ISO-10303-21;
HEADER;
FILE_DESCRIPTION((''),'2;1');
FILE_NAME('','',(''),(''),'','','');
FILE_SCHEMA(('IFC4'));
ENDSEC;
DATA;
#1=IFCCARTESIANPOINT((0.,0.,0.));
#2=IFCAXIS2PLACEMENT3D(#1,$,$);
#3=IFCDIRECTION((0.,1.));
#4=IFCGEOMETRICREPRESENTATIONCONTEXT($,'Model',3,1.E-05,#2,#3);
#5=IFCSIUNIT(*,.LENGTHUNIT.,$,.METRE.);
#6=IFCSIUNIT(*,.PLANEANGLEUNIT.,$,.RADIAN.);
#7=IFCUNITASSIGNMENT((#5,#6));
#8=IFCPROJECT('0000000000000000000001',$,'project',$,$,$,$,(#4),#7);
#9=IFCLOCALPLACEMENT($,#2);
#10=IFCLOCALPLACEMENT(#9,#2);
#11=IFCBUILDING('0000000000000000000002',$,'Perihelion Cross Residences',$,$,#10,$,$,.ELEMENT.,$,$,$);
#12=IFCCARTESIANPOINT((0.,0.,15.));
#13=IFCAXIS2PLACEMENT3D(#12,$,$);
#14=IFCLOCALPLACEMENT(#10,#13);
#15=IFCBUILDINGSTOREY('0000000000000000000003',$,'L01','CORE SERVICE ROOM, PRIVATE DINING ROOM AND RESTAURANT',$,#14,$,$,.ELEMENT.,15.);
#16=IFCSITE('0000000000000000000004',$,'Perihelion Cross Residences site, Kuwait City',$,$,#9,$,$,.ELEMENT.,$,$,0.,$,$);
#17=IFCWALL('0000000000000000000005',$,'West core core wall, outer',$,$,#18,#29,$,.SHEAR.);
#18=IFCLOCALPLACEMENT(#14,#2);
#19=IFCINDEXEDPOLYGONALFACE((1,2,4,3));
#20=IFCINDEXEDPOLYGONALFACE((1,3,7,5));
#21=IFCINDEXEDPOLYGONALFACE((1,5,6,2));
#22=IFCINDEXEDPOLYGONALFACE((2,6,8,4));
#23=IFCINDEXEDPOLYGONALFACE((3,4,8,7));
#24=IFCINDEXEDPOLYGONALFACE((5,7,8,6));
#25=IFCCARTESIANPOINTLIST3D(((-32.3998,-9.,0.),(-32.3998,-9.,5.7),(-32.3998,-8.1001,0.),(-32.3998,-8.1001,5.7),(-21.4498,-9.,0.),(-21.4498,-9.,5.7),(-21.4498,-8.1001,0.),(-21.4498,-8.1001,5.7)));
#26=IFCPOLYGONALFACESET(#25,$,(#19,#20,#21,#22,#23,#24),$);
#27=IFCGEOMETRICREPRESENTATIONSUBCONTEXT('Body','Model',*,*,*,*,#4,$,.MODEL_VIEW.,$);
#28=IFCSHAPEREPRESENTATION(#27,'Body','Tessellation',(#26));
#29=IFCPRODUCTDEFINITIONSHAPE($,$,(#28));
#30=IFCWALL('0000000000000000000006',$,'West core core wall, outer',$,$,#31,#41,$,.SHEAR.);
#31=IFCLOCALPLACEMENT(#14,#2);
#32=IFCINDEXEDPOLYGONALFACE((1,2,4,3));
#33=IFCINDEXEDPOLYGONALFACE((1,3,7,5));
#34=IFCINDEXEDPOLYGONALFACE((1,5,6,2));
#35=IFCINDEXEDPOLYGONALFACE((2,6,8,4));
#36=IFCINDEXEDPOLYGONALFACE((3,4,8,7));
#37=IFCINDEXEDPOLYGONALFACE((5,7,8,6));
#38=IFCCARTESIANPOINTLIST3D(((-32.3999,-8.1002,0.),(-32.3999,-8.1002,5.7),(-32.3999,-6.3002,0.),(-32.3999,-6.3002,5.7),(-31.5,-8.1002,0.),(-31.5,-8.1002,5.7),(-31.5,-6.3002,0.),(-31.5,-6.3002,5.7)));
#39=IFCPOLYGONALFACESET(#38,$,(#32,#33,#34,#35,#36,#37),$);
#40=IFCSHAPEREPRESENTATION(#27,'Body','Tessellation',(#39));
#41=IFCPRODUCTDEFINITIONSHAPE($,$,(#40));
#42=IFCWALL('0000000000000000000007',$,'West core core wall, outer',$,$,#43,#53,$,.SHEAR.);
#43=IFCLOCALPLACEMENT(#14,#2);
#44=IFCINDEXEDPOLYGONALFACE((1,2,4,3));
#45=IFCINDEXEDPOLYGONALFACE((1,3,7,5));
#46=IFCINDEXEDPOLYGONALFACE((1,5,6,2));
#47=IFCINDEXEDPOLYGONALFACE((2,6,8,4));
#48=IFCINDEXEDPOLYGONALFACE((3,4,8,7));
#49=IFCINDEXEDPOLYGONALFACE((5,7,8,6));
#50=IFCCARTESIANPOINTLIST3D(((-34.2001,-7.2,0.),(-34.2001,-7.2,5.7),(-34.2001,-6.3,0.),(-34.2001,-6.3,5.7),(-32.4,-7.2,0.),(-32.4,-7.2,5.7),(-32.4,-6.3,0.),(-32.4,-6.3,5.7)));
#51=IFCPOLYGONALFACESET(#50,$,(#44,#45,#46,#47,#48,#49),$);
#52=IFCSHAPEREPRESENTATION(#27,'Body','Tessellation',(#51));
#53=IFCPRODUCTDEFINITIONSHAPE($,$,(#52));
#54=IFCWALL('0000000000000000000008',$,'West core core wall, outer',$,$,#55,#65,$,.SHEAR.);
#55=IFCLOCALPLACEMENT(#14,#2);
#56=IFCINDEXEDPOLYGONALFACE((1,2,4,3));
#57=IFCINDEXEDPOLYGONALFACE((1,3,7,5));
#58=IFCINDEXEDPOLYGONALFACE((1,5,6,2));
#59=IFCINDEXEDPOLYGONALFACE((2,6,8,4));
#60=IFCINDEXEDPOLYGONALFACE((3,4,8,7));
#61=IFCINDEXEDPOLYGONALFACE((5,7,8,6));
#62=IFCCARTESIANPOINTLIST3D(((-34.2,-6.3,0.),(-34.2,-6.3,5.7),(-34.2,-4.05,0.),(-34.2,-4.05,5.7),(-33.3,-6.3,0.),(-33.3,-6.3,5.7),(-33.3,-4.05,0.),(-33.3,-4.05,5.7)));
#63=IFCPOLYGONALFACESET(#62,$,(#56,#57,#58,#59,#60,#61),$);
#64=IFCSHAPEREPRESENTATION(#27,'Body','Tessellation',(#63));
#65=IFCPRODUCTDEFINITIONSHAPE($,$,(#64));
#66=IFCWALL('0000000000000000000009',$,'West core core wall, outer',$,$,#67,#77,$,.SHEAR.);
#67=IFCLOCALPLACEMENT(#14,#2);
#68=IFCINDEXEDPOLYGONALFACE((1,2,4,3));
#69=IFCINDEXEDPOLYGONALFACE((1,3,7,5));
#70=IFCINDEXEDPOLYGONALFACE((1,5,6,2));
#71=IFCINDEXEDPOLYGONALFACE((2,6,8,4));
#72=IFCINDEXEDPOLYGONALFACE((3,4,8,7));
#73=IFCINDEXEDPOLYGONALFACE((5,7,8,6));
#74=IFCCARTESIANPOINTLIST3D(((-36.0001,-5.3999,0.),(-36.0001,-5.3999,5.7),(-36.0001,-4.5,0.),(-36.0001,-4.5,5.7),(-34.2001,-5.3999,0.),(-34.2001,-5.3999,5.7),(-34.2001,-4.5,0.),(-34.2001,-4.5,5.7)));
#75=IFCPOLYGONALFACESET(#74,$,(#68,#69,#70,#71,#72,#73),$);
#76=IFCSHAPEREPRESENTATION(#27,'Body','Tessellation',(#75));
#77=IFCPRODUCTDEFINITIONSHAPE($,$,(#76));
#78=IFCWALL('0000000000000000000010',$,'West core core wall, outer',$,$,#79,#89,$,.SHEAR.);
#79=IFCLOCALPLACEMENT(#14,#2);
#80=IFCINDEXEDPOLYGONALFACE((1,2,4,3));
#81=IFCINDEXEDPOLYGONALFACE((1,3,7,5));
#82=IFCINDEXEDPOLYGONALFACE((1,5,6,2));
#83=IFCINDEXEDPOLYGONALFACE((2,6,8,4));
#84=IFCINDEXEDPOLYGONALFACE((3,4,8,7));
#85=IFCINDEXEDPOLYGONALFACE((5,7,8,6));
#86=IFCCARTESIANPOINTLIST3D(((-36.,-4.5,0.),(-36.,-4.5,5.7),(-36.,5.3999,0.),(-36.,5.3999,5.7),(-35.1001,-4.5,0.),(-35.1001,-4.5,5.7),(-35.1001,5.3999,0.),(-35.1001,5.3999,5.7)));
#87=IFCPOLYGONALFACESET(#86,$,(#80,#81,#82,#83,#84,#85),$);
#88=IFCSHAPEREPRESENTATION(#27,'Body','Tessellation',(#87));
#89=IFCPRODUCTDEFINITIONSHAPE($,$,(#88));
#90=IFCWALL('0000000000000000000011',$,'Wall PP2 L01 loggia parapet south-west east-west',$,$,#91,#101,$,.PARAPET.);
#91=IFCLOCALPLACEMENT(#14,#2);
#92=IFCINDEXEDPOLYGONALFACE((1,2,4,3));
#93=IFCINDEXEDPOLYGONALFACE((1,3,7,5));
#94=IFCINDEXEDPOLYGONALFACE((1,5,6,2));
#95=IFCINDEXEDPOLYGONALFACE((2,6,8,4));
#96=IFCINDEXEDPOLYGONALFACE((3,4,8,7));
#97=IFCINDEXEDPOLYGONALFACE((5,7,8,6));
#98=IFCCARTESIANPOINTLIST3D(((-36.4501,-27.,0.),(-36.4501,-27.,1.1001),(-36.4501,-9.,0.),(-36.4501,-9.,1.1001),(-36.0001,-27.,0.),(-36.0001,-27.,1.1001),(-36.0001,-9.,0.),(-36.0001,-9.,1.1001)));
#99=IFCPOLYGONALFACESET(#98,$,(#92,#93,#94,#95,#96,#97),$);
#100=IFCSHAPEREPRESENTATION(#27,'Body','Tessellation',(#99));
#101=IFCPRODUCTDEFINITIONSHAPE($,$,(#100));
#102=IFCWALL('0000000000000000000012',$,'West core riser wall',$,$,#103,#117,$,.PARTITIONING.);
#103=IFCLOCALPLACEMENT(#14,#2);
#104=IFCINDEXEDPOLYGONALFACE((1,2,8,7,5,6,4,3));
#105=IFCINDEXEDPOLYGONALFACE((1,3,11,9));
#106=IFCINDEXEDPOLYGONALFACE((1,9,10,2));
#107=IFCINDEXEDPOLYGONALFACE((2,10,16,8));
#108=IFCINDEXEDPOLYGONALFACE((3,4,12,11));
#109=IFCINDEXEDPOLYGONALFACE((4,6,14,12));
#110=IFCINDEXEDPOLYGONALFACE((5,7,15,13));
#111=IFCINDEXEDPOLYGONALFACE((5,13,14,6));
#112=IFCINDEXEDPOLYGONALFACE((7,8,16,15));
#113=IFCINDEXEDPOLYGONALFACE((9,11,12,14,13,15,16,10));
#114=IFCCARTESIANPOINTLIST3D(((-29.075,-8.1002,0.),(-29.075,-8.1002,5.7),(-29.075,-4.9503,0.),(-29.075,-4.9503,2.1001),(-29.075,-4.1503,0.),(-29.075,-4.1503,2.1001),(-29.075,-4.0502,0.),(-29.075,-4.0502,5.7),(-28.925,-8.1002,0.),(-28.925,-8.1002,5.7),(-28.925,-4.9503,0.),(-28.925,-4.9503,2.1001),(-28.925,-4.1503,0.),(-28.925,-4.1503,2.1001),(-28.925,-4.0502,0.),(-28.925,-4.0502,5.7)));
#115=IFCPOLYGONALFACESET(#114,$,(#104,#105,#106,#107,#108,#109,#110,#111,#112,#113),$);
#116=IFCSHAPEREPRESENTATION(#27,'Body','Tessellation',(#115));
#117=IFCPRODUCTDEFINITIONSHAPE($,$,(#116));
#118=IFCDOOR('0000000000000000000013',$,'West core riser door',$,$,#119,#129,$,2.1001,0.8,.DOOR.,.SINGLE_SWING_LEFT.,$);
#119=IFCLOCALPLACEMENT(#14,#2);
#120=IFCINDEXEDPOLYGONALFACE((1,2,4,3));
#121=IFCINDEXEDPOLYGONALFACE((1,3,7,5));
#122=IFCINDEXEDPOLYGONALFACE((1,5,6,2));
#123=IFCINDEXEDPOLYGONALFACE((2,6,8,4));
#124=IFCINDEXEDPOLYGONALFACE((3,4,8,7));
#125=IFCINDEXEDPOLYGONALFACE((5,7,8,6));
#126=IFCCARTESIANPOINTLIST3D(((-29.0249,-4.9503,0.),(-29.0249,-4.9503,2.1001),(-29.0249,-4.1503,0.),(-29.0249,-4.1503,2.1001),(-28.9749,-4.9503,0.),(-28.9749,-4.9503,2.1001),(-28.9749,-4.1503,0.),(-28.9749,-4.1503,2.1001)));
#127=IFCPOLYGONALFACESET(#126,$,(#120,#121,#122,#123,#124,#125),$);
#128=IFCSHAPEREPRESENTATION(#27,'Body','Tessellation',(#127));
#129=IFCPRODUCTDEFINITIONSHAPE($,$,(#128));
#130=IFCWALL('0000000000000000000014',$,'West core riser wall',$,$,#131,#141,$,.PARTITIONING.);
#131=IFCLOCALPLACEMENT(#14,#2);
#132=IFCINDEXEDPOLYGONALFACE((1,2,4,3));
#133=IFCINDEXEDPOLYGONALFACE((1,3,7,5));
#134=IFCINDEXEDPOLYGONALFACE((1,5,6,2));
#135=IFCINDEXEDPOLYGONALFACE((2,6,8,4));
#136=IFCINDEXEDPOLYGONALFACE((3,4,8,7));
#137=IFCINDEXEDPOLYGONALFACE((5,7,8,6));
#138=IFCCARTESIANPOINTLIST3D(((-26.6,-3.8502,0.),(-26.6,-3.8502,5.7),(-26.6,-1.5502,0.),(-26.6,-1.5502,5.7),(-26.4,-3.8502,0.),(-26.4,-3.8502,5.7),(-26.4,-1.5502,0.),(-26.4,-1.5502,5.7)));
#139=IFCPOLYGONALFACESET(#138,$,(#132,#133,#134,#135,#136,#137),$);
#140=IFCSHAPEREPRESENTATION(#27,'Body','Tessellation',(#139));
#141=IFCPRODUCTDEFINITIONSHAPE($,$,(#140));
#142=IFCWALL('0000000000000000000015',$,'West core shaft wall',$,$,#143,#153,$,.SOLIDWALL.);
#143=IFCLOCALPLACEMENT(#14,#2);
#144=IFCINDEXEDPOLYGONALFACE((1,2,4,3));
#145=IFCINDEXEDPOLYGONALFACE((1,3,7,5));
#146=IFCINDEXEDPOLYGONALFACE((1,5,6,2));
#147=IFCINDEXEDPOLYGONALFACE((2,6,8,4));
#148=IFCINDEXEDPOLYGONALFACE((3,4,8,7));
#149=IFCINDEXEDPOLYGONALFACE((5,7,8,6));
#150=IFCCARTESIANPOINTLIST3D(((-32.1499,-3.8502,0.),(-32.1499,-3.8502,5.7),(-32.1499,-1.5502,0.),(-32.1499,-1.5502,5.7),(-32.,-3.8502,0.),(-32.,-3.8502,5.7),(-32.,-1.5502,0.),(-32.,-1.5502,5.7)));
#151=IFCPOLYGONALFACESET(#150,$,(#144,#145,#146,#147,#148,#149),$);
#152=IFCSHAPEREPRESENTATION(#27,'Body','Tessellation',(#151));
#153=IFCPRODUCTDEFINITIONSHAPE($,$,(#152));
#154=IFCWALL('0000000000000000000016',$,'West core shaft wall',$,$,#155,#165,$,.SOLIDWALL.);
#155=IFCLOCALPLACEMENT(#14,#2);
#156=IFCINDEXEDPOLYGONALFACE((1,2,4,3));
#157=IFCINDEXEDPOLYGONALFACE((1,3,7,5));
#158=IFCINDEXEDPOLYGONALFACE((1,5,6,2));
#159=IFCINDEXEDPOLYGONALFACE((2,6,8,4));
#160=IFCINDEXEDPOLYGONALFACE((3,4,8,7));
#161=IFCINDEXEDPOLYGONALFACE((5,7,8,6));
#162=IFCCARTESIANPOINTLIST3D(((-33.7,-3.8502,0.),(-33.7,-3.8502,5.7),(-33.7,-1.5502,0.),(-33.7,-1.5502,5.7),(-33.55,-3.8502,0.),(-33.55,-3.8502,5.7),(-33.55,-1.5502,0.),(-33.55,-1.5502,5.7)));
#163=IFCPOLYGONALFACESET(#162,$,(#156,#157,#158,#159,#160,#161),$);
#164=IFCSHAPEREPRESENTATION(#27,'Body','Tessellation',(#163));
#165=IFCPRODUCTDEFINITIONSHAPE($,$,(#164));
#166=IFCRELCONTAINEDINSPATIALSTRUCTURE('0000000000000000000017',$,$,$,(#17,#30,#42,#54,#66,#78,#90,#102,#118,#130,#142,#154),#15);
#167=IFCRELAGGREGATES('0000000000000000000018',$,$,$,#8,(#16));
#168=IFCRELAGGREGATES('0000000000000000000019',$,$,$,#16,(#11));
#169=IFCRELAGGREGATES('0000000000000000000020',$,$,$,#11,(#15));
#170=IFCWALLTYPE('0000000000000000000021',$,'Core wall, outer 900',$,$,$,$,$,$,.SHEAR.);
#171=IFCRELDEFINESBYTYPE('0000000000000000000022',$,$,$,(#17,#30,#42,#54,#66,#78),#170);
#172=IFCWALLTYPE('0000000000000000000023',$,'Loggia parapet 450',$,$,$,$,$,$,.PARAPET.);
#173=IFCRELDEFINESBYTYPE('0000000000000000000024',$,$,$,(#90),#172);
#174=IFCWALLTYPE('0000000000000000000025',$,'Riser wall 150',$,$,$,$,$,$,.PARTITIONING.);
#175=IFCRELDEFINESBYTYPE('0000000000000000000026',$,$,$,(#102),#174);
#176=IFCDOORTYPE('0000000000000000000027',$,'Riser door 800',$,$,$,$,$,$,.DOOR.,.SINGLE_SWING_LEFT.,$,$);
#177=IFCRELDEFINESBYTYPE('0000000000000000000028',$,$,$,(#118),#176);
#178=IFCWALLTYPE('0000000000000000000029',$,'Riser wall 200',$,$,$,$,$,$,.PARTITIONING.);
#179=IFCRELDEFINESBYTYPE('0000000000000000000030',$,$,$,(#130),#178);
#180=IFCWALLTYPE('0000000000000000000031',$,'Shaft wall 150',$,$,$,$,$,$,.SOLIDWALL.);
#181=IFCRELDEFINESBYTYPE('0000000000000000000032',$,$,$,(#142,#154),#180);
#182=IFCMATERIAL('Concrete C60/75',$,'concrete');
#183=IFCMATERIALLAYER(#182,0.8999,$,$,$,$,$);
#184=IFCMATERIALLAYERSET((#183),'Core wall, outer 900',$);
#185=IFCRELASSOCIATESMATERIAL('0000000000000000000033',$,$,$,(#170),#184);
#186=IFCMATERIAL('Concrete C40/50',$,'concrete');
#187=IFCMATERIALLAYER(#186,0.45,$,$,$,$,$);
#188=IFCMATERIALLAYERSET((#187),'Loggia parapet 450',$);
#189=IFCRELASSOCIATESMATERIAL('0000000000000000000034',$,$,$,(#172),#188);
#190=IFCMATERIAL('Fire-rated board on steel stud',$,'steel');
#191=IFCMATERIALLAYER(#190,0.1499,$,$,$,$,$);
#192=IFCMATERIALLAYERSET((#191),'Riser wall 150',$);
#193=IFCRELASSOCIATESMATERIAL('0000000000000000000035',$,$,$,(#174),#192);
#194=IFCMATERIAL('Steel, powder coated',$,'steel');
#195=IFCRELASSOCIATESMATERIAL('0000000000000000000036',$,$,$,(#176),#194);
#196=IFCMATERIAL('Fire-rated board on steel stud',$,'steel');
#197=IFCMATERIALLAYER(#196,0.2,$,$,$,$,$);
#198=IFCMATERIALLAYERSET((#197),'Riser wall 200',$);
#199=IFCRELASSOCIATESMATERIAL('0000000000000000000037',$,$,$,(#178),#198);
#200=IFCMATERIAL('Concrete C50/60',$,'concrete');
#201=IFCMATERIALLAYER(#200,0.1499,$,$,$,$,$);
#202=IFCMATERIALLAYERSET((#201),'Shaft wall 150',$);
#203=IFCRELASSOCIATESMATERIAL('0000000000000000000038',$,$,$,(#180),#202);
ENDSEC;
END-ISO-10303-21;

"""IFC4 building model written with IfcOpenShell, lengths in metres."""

from ifc_helpers import new_model, si_unit, direction, frame, frame_2d, origin, place, context, subcontext, project, spatial, rectangle, extrude, material, layer, layer_set, type_object, element, fill, save


model = new_model("IFC4")

# Units and contexts
model_context = context("Model", 3, precision=1e-05, world=origin(), true_north=direction((0.0, 1.0)))
body_context = subcontext(model_context, "Body", "Model", "MODEL_VIEW")
ifc_project = project(units=[si_unit("LENGTHUNIT", "METRE"), si_unit("PLANEANGLEUNIT", "RADIAN")], contexts=[model_context])

# Site, building, storey
site_placement = place(None, origin())
site = spatial("IfcSite", under=ifc_project, at=site_placement, Name="Perihelion Cross Residences site, Kuwait City", CompositionType="ELEMENT", RefElevation=0.0)
building_placement = place(site_placement, origin())
building = spatial("IfcBuilding", under=site, at=building_placement, Name="Perihelion Cross Residences", CompositionType="ELEMENT")
storey_placement = place(building_placement, frame((0.0, 0.0, 15.0)))
storey = spatial("IfcBuildingStorey", under=building, at=storey_placement, Name="L01", Description="CORE SERVICE ROOM, PRIVATE DINING ROOM AND RESTAURANT", CompositionType="ELEMENT", Elevation=15.0)

# Walls
ifc_material_1 = material(Name="Concrete C60/75", Category="concrete")
ifc_layer_1 = layer(ifc_material_1, 0.8999)
ifc_layer_set_1 = layer_set([ifc_layer_1], Name="Core wall, outer 900")
wall_type_1 = type_object("IfcWallType", Name="Core wall, outer 900", PredefinedType="SHEAR", material=ifc_layer_set_1)
wall_1_placement = place(storey_placement, frame((-32.3999, -8.55, 0.0), z_axis=(0.0, 0.0, 1.0), x_axis=(1.0, 0.0, 0.0)))
element("IfcWall", 1, at=wall_1_placement, inside=storey, type_object=wall_type_1, Name="West core core wall, outer", PredefinedType="SHEAR", context=body_context, shape_type="SweptSolid", body=[
    extrude(rectangle(XDim=10.95, YDim=0.8999, at=frame_2d((5.4751, 0.0))), origin(), (0.0, 0.0, 1.0), 5.7),
])
for number, where, z_axis, x_axis, name in (
    (2, (-31.95, -8.1001, 0.0), (0.0, 0.0, 1.0), (0.0, 1.0, 0.0), "West core core wall, outer"),
    (3, (-34.2, -6.75, 0.0), (0.0, 0.0, 1.0), (1.0, 0.0, 0.0), "West core core wall, outer"),
):
    element("IfcWall", number, at=place(storey_placement, frame(where, z_axis=z_axis, x_axis=x_axis)), inside=storey, type_object=wall_type_1, Name=name, PredefinedType="SHEAR", context=body_context, shape_type="SweptSolid", body=[
        extrude(rectangle(XDim=1.8, YDim=0.8999, at=frame_2d((0.8999, 0.0))), origin(), (0.0, 0.0, 1.0), 5.7),
    ])
wall_2_placement = place(storey_placement, frame((-33.75, -6.3, 0.0), z_axis=(0.0, 0.0, 1.0), x_axis=(0.0, 1.0, 0.0)))
element("IfcWall", 4, at=wall_2_placement, inside=storey, type_object=wall_type_1, Name="West core core wall, outer", PredefinedType="SHEAR", context=body_context, shape_type="SweptSolid", body=[
    extrude(rectangle(XDim=2.25, YDim=0.8999, at=frame_2d((1.125, 0.0))), origin(), (0.0, 0.0, 1.0), 5.7),
])
wall_3_placement = place(storey_placement, frame((-36.0, -4.95, 0.0), z_axis=(0.0, 0.0, 1.0), x_axis=(1.0, 0.0, 0.0)))
element("IfcWall", 5, at=wall_3_placement, inside=storey, type_object=wall_type_1, Name="West core core wall, outer", PredefinedType="SHEAR", context=body_context, shape_type="SweptSolid", body=[
    extrude(rectangle(XDim=1.8, YDim=0.8999, at=frame_2d((0.8999, 0.0))), origin(), (0.0, 0.0, 1.0), 5.7),
])
wall_4_placement = place(storey_placement, frame((-35.55, -4.5, 0.0), z_axis=(0.0, 0.0, 1.0), x_axis=(0.0, 1.0, 0.0)))
element("IfcWall", 6, at=wall_4_placement, inside=storey, type_object=wall_type_1, Name="West core core wall, outer", PredefinedType="SHEAR", context=body_context, shape_type="SweptSolid", body=[
    extrude(rectangle(XDim=9.8999, YDim=0.8999, at=frame_2d((4.95, 0.0))), origin(), (0.0, 0.0, 1.0), 5.7),
])
ifc_material_2 = material(Name="Concrete C40/50", Category="concrete")
ifc_layer_2 = layer(ifc_material_2, 0.45)
ifc_layer_set_2 = layer_set([ifc_layer_2], Name="Loggia parapet 450")
wall_type_2 = type_object("IfcWallType", Name="Loggia parapet 450", PredefinedType="PARAPET", material=ifc_layer_set_2)
wall_5_placement = place(storey_placement, frame((-36.2251, -9.0, 0.0), z_axis=(0.0, 0.0, 1.0), x_axis=(0.0, -1.0, 0.0)))
element("IfcWall", 7, at=wall_5_placement, inside=storey, type_object=wall_type_2, Name="Wall PP2 L01 loggia parapet south-west east-west", PredefinedType="PARAPET", context=body_context, shape_type="SweptSolid", body=[
    extrude(rectangle(XDim=18.0, YDim=0.45, at=frame_2d((9.0, 0.0))), origin(), (0.0, 0.0, 1.0), 1.1001),
])

# Wall, opening, door
ifc_material_3 = material(Name="Fire-rated board on steel stud", Category="steel")
ifc_layer_3 = layer(ifc_material_3, 0.1499)
ifc_layer_set_3 = layer_set([ifc_layer_3], Name="Riser wall 150")
wall_type_3 = type_object("IfcWallType", Name="Riser wall 150", PredefinedType="PARTITIONING", material=ifc_layer_set_3)
wall_6_placement = place(storey_placement, frame((-29.0, -8.1001, 0.0), z_axis=(0.0, 0.0, 1.0), x_axis=(0.0, 1.0, 0.0)))
wall_6 = element("IfcWall", 8, at=wall_6_placement, inside=storey, type_object=wall_type_3, Name="West core riser wall", PredefinedType="PARTITIONING", context=body_context, shape_type="SweptSolid", body=[
    extrude(rectangle(XDim=4.05, YDim=0.1499, at=frame_2d((2.0249, 0.0))), origin(), (0.0, 0.0, 1.0), 5.7),
])
opening_1_placement = place(wall_6_placement, frame((3.1499, 0.0, 0.0)))
opening_1 = element("IfcOpeningElement", 9, at=opening_1_placement, cuts=wall_6, PredefinedType="OPENING", context=body_context, shape_type="SweptSolid", body=[
    extrude(rectangle(XDim=0.8, YDim=2.1001, at=frame_2d((0.3999, 1.05))), frame((0.0, 0.085, 0.0), z_axis=(0.0, -1.0, 0.0), x_axis=(1.0, 0.0, 0.0)), (0.0, 0.0, 1.0), 0.1699),
])
ifc_material_4 = material(Name="Steel, powder coated", Category="steel")
door_type_1 = type_object("IfcDoorType", Name="Riser door 800", OperationType="SINGLE_SWING_LEFT", PredefinedType="DOOR", material=ifc_material_4)
door_1_placement = place(opening_1_placement, origin())
door_1 = element("IfcDoor", 10, at=door_1_placement, inside=storey, type_object=door_type_1, Name="West core riser door", OperationType="SINGLE_SWING_LEFT", OverallHeight=2.1001, OverallWidth=0.8, PredefinedType="DOOR", context=body_context, shape_type="SweptSolid", body=[
    extrude(rectangle(XDim=0.8, YDim=2.1001, at=frame_2d((0.3999, 1.05))), frame((0.0, 0.0249, 0.0), z_axis=(0.0, -1.0, 0.0), x_axis=(1.0, 0.0, 0.0)), (0.0, 0.0, 1.0), 0.05),
])
fill(opening_1, door_1)

# Walls
ifc_material_5 = material(Name="Fire-rated board on steel stud", Category="steel")
ifc_layer_4 = layer(ifc_material_5, 0.2)
ifc_layer_set_4 = layer_set([ifc_layer_4], Name="Riser wall 200")
wall_type_4 = type_object("IfcWallType", Name="Riser wall 200", PredefinedType="PARTITIONING", material=ifc_layer_set_4)
wall_7_placement = place(storey_placement, frame((-26.5, -3.8501, 0.0), z_axis=(0.0, 0.0, 1.0), x_axis=(0.0, 1.0, 0.0)))
element("IfcWall", 11, at=wall_7_placement, inside=storey, type_object=wall_type_4, Name="West core riser wall", PredefinedType="PARTITIONING", context=body_context, shape_type="SweptSolid", body=[
    extrude(rectangle(XDim=2.3, YDim=0.2, at=frame_2d((1.1499, 0.0))), origin(), (0.0, 0.0, 1.0), 5.7),
])
ifc_material_6 = material(Name="Concrete C50/60", Category="concrete")
ifc_layer_5 = layer(ifc_material_6, 0.1499)
ifc_layer_set_5 = layer_set([ifc_layer_5], Name="Shaft wall 150")
wall_type_5 = type_object("IfcWallType", Name="Shaft wall 150", PredefinedType="SOLIDWALL", material=ifc_layer_set_5)
for number, where, z_axis, x_axis, name in (
    (12, (-32.075, -3.8501, 0.0), (0.0, 0.0, 1.0), (0.0, 1.0, 0.0), "West core shaft wall"),
    (13, (-33.625, -3.8501, 0.0), (0.0, 0.0, 1.0), (0.0, 1.0, 0.0), "West core shaft wall"),
):
    element("IfcWall", number, at=place(storey_placement, frame(where, z_axis=z_axis, x_axis=x_axis)), inside=storey, type_object=wall_type_5, Name=name, PredefinedType="SOLIDWALL", context=body_context, shape_type="SweptSolid", body=[
        extrude(rectangle(XDim=2.3, YDim=0.1499, at=frame_2d((1.1499, 0.0))), origin(), (0.0, 0.0, 1.0), 5.7),
    ])

save(model, "model.ifc")
